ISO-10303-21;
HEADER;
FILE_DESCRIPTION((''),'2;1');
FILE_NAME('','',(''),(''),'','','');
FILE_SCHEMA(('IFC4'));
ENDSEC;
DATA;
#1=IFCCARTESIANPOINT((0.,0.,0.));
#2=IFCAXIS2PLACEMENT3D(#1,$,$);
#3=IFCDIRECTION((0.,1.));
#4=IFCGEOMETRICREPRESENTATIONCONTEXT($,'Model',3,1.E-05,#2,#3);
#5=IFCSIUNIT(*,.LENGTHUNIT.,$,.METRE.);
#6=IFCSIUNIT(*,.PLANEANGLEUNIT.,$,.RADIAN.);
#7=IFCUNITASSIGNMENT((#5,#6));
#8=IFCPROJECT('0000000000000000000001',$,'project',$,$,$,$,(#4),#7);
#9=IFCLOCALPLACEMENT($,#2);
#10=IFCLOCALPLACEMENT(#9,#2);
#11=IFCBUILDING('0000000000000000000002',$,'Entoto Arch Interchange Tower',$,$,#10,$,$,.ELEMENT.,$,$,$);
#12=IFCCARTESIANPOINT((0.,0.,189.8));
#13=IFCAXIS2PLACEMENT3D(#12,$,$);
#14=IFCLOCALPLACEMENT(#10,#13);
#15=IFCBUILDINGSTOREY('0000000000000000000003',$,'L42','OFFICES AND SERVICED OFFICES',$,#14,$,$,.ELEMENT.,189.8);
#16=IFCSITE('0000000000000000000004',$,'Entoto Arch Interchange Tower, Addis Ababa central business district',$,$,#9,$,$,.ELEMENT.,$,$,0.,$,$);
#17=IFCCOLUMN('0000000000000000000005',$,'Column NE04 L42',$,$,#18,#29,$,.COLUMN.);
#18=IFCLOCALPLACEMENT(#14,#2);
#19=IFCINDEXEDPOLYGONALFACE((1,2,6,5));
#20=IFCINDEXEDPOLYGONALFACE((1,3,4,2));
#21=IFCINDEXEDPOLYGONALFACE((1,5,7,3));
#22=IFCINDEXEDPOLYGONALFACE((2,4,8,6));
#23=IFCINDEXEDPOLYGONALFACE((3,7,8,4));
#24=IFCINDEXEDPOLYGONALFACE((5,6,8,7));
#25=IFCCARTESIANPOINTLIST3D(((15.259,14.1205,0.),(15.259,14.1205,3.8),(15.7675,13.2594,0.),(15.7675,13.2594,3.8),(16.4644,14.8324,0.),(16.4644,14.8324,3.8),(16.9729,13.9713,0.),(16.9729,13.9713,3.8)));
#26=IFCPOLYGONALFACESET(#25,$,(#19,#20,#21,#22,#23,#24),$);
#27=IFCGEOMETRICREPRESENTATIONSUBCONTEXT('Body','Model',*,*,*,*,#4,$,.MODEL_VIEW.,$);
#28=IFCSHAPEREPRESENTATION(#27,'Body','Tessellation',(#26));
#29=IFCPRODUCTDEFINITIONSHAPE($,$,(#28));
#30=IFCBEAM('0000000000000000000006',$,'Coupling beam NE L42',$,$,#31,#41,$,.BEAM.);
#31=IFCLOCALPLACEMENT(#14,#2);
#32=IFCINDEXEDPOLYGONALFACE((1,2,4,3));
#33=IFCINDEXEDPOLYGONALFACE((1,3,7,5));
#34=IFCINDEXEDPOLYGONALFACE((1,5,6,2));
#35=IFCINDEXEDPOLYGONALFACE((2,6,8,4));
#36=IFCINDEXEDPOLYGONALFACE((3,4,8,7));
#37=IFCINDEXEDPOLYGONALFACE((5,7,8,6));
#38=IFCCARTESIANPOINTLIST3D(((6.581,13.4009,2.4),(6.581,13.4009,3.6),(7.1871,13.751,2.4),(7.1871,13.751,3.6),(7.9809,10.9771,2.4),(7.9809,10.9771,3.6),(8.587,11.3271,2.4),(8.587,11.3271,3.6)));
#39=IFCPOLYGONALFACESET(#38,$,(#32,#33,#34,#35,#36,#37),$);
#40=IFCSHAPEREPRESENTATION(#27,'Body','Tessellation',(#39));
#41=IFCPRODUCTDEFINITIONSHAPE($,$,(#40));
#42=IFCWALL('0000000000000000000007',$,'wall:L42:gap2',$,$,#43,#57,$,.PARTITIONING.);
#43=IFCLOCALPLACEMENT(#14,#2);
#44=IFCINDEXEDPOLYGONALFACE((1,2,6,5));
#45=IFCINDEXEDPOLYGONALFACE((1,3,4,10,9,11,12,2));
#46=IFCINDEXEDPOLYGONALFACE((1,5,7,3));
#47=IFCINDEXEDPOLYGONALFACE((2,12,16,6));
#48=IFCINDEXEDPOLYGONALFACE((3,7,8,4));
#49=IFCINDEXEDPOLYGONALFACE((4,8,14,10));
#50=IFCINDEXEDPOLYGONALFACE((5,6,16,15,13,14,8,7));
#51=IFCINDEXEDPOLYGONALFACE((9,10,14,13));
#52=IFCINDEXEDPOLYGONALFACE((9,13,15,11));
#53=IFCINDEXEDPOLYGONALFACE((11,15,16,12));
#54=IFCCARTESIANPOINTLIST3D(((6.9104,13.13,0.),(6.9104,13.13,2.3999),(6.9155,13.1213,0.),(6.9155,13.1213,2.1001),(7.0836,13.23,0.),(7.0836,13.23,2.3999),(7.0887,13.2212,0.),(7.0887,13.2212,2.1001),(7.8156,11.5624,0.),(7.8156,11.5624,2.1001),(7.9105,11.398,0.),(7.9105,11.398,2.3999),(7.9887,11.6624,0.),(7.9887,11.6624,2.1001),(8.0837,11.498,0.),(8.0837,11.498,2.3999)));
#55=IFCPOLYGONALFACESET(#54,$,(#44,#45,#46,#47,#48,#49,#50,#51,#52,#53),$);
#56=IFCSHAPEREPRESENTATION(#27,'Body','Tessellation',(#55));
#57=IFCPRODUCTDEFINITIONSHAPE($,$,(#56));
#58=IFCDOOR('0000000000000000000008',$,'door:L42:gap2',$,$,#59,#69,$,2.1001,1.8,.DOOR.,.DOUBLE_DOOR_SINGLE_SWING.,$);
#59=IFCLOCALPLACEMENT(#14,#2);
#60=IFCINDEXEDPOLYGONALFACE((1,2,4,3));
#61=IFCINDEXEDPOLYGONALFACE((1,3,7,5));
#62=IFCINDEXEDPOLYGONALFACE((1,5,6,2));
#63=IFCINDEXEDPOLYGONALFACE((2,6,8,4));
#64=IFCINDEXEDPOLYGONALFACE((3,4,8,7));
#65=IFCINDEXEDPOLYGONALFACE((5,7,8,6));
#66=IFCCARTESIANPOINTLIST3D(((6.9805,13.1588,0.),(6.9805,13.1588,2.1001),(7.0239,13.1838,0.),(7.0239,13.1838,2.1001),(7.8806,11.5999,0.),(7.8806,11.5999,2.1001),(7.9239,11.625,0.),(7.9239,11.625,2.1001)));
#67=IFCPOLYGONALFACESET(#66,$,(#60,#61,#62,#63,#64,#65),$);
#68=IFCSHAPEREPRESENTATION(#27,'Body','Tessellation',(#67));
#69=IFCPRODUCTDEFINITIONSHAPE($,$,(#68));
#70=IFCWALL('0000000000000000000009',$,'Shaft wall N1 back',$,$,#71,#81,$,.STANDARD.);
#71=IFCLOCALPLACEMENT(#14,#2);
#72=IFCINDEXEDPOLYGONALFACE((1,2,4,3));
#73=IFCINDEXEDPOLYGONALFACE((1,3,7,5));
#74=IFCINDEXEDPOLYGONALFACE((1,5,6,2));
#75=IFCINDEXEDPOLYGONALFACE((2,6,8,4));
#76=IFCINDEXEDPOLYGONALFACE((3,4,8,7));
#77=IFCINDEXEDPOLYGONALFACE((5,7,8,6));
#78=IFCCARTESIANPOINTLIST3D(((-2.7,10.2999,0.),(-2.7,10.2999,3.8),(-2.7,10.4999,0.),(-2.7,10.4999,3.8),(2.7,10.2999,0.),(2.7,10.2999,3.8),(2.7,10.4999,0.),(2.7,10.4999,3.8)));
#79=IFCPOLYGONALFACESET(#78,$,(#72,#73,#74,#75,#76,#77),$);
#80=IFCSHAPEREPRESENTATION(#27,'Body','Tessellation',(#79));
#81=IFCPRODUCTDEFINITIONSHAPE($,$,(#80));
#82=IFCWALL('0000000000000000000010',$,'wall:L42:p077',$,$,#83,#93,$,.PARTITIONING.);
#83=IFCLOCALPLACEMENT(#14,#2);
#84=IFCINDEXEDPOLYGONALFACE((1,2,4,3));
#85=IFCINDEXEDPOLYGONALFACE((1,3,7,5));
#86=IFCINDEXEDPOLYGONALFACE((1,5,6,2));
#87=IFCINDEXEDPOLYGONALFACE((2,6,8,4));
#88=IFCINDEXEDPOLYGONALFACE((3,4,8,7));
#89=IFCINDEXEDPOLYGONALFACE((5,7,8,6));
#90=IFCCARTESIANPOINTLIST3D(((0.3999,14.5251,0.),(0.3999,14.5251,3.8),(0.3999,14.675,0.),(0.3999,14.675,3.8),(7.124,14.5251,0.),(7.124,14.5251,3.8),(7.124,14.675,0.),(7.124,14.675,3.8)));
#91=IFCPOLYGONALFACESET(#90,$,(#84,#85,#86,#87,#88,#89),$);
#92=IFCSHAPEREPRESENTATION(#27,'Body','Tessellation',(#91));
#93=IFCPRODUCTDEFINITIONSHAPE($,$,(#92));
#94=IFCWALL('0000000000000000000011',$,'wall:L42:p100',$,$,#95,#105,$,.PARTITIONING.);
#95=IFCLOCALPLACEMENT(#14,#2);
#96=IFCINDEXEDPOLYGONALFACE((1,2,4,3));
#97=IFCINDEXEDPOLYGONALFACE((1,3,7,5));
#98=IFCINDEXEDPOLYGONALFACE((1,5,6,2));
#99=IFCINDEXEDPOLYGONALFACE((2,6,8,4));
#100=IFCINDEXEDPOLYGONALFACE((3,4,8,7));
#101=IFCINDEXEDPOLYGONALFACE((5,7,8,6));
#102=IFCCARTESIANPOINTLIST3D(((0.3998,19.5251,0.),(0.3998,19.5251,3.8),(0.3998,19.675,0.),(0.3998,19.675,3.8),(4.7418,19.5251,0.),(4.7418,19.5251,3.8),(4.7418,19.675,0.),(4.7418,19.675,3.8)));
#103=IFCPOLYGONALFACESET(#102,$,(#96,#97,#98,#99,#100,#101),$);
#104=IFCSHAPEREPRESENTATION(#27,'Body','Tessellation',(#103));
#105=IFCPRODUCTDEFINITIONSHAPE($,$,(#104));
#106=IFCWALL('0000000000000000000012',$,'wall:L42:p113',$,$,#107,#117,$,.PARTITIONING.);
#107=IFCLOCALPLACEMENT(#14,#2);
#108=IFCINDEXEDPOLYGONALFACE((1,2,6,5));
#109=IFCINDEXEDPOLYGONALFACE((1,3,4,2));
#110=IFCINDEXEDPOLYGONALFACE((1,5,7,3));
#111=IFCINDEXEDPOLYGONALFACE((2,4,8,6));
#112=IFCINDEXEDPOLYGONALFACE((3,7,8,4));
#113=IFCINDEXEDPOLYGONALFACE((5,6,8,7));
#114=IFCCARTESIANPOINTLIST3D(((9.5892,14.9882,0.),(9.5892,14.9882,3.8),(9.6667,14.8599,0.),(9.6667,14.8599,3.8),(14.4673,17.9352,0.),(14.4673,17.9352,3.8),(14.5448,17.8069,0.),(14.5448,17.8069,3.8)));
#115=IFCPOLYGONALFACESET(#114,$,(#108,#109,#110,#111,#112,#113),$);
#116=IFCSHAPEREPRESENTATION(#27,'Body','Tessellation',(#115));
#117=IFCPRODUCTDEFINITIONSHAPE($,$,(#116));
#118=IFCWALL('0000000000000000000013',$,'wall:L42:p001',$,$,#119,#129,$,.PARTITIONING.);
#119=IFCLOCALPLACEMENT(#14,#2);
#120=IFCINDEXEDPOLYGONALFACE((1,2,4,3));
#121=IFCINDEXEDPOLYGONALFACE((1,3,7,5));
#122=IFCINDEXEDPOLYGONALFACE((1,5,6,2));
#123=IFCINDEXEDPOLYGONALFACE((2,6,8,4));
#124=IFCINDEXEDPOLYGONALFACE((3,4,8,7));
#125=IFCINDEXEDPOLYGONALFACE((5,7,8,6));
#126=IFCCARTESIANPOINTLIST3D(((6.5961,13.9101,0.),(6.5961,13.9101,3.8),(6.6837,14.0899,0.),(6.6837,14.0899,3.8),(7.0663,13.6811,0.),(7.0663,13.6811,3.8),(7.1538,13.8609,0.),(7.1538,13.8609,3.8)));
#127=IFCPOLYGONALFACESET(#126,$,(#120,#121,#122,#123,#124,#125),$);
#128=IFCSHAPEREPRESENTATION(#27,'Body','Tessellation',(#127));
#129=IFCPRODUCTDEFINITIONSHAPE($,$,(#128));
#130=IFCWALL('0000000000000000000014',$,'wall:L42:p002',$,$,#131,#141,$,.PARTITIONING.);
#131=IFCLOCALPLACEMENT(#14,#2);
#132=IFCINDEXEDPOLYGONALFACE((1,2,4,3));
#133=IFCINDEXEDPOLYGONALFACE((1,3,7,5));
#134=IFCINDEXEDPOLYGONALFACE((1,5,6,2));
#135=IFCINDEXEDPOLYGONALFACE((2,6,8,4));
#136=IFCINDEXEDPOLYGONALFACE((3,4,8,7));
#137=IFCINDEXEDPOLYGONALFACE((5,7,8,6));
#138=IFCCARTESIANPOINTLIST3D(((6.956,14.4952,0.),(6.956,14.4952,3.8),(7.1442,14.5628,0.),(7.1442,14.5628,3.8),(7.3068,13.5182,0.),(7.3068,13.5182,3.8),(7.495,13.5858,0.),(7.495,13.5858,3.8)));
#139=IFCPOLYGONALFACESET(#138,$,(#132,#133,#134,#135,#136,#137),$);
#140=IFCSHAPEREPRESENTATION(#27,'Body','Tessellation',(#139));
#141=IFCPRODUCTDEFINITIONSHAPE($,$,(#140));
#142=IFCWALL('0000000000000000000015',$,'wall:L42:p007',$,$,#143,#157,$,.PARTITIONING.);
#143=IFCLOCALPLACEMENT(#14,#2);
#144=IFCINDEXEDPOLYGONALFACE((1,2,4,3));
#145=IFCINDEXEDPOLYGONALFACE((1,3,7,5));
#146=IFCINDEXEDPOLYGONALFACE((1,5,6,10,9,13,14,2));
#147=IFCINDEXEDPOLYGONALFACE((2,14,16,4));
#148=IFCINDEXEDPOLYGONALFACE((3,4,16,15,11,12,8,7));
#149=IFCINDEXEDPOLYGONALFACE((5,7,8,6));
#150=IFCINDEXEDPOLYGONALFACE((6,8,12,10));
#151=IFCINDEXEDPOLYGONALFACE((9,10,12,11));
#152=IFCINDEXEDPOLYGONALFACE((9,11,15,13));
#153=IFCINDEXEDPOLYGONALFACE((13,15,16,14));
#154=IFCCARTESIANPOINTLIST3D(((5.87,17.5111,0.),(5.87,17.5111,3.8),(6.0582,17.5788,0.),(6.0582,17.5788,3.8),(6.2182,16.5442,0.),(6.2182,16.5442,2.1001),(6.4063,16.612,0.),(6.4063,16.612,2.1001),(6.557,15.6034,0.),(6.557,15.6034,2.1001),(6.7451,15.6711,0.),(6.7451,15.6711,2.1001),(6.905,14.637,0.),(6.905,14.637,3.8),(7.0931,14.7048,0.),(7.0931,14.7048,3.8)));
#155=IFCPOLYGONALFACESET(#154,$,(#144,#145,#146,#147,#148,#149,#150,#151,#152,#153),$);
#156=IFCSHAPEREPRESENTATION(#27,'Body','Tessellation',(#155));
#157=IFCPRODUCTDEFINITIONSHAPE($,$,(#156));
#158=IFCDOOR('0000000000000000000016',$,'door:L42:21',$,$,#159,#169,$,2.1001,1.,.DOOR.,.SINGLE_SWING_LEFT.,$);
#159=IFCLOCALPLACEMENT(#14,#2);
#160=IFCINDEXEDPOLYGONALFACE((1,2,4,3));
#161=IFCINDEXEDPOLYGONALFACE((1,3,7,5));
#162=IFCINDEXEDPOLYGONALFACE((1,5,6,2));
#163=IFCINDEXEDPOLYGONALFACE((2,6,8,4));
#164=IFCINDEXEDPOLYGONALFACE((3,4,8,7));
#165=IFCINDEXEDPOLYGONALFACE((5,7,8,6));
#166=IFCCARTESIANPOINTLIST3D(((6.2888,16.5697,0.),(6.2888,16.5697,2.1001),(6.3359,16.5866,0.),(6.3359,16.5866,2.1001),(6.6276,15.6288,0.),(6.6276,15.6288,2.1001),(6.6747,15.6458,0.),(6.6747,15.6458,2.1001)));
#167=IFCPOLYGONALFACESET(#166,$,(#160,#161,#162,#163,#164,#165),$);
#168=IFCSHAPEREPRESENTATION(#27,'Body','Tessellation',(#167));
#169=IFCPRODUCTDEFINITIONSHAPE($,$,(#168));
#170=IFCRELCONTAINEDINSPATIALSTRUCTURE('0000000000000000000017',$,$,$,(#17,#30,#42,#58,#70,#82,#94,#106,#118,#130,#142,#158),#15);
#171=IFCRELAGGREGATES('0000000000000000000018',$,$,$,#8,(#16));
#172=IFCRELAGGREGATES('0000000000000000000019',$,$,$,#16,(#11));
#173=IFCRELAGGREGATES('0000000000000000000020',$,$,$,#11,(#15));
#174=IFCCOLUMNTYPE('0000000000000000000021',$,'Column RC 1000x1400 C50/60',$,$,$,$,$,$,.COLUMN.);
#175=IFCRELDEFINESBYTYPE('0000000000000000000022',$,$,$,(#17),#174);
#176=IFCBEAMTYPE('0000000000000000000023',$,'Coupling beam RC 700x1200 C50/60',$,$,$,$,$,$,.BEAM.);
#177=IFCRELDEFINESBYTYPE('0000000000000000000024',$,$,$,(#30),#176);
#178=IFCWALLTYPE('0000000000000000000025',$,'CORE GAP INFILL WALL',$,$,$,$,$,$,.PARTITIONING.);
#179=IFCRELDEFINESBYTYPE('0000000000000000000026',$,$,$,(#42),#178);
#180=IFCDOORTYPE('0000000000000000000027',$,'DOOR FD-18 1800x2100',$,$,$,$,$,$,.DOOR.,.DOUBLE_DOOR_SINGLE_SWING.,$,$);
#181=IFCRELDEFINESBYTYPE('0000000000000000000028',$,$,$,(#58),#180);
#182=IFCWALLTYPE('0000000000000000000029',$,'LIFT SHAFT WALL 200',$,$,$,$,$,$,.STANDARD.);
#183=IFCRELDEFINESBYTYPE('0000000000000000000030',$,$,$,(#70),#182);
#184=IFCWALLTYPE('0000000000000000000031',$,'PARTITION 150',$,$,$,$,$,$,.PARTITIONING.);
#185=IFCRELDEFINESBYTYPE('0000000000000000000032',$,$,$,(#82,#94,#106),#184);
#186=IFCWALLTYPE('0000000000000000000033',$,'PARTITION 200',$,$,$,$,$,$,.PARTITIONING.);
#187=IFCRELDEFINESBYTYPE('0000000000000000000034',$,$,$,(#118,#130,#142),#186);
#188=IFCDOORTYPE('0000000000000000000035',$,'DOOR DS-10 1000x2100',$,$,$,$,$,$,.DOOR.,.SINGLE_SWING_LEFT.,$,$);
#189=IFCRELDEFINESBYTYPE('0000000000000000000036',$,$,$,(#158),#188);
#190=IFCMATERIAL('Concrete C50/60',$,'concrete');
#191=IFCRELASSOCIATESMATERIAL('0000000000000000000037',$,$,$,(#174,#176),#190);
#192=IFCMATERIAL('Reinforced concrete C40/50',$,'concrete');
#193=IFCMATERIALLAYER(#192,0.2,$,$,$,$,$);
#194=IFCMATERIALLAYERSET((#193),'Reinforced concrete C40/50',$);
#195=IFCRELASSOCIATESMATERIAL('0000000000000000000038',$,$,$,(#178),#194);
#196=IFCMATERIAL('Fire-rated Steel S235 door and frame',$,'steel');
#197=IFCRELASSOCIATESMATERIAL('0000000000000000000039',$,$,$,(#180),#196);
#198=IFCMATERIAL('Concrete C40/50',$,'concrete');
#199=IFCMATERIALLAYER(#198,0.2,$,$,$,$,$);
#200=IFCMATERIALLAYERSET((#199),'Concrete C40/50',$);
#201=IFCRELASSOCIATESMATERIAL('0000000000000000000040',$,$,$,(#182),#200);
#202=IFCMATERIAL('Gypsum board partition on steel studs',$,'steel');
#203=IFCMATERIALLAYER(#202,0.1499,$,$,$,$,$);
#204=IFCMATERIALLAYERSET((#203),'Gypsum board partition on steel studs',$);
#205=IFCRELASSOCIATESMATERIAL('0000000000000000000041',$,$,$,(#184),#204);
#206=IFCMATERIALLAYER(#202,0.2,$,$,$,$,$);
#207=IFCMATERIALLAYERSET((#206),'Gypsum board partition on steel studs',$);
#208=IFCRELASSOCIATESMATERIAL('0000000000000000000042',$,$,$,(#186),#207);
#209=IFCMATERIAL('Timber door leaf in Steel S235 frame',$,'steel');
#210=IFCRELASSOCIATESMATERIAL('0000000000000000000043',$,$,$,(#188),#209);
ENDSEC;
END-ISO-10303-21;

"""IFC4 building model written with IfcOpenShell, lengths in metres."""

from ifc_helpers import new_model, si_unit, direction, frame, frame_2d, origin, origin_2d, place, context, subcontext, project, spatial, rectangle, extrude, material, layer, layer_set, material_profile, profile_set, type_object, element, fill, save


model = new_model("IFC4")

# Units and contexts
model_context = context("Model", 3, precision=1e-05, world=origin(), true_north=direction((0.0, 1.0)))
body_context = subcontext(model_context, "Body", "Model", "MODEL_VIEW")
ifc_project = project(units=[si_unit("LENGTHUNIT", "METRE"), si_unit("PLANEANGLEUNIT", "RADIAN")], contexts=[model_context])

# Site, building, storey
site_placement = place(None, origin())
site = spatial("IfcSite", under=ifc_project, at=site_placement, Name="Entoto Arch Interchange Tower, Addis Ababa central business district", CompositionType="ELEMENT", RefElevation=0.0)
building_placement = place(site_placement, origin())
building = spatial("IfcBuilding", under=site, at=building_placement, Name="Entoto Arch Interchange Tower", CompositionType="ELEMENT")
storey_placement = place(building_placement, frame((0.0, 0.0, 189.8)))
storey = spatial("IfcBuildingStorey", under=building, at=storey_placement, Name="L42", Description="OFFICES AND SERVICED OFFICES", CompositionType="ELEMENT", Elevation=189.8)

# Column
ifc_material_1 = material(Name="Concrete C50/60", Category="concrete")
ifc_material_profile_1 = material_profile(ifc_material_1, rectangle(XDim=1.0, YDim=1.3999, at=origin_2d()))
ifc_profile_set_1 = profile_set([ifc_material_profile_1], Name="Concrete C50/60")
column_type = type_object("IfcColumnType", Name="Column RC 1000x1400 C50/60", PredefinedType="COLUMN", material=ifc_profile_set_1)
column_placement = place(storey_placement, frame((16.116, 14.0459, 0.0), z_axis=(0.0, 0.0, 1.0), x_axis=(-0.508516, 0.861053, 0.0)))
element("IfcColumn", 1, at=column_placement, inside=storey, type_object=column_type, Name="Column NE04 L42", PredefinedType="COLUMN", context=body_context, shape_type="SweptSolid", body=[
    extrude(rectangle(XDim=1.0, YDim=1.3999, at=origin_2d()), origin(), (0.0, 0.0, 1.0), 3.8),
])

# Beam
ifc_material_profile_2 = material_profile(ifc_material_1, rectangle(XDim=0.7, YDim=1.2, at=origin_2d()))
ifc_profile_set_2 = profile_set([ifc_material_profile_2], Name="Concrete C50/60")
beam_type = type_object("IfcBeamType", Name="Coupling beam RC 700x1200 C50/60", PredefinedType="BEAM", material=ifc_profile_set_2)
beam_placement = place(storey_placement, frame((8.2839, 11.1521, 3.0), z_axis=(-0.500135, 0.865947, 0.0), x_axis=(-0.865947, -0.500135, 0.0)))
element("IfcBeam", 2, at=beam_placement, inside=storey, type_object=beam_type, Name="Coupling beam NE L42", PredefinedType="BEAM", context=body_context, shape_type="SweptSolid", body=[
    extrude(rectangle(XDim=0.7, YDim=1.2, at=origin_2d()), origin(), (0.0, 0.0, 1.0), 2.7991),
])

# Wall, opening, door
ifc_material_2 = material(Name="Reinforced concrete C40/50", Category="concrete")
ifc_layer_1 = layer(ifc_material_2, 0.2)
ifc_layer_set_1 = layer_set([ifc_layer_1], Name="Reinforced concrete C40/50")
wall_type_1 = type_object("IfcWallType", Name="CORE GAP INFILL WALL", PredefinedType="PARTITIONING", material=ifc_layer_set_1)
wall_1_placement = place(storey_placement, frame((7.9971, 11.448, 0.0), z_axis=(0.0, 0.0, 1.0), x_axis=(-0.500025, 0.866011, 0.0)))
wall_1 = element("IfcWall", 3, at=wall_1_placement, inside=storey, type_object=wall_type_1, Name="wall:L42:gap2", PredefinedType="PARTITIONING", context=body_context, shape_type="SweptSolid", body=[
    extrude(rectangle(XDim=2.0, YDim=0.2, at=frame_2d((1.0, 0.0))), origin(), (0.0, 0.0, 1.0), 2.3999),
])
opening_1_placement = place(wall_1_placement, frame((0.1899, 0.0, 0.0)))
opening_1 = element("IfcOpeningElement", 4, at=opening_1_placement, cuts=wall_1, PredefinedType="OPENING", context=body_context, shape_type="SweptSolid", body=[
    extrude(rectangle(XDim=1.8, YDim=2.1001, at=frame_2d((0.8999, 1.05))), frame((0.0, 0.1099, 0.0), z_axis=(0.0, -1.0, 0.0), x_axis=(1.0, 0.0, 0.0)), (0.0, 0.0, 1.0), 0.22),
])
ifc_material_3 = material(Name="Fire-rated Steel S235 door and frame", Category="steel")
door_type_1 = type_object("IfcDoorType", Name="DOOR FD-18 1800x2100", OperationType="DOUBLE_DOOR_SINGLE_SWING", PredefinedType="DOOR", material=ifc_material_3)
door_1_placement = place(opening_1_placement, origin())
door_1 = element("IfcDoor", 5, at=door_1_placement, inside=storey, type_object=door_type_1, Name="door:L42:gap2", OperationType="DOUBLE_DOOR_SINGLE_SWING", OverallHeight=2.1001, OverallWidth=1.8, PredefinedType="DOOR", context=body_context, shape_type="SweptSolid", body=[
    extrude(rectangle(XDim=1.8, YDim=2.1001, at=frame_2d((0.8999, 1.05))), frame((0.0, 0.0249, 0.0), z_axis=(0.0, -1.0, 0.0), x_axis=(1.0, 0.0, 0.0)), (0.0, 0.0, 1.0), 0.05),
])
fill(opening_1, door_1)

# Walls
ifc_material_4 = material(Name="Concrete C40/50", Category="concrete")
ifc_layer_2 = layer(ifc_material_4, 0.2)
ifc_layer_set_2 = layer_set([ifc_layer_2], Name="Concrete C40/50")
wall_type_2 = type_object("IfcWallType", Name="LIFT SHAFT WALL 200", PredefinedType="STANDARD", material=ifc_layer_set_2)
wall_2_placement = place(storey_placement, frame((2.7, 10.3999, 0.0), z_axis=(0.0, 0.0, 1.0), x_axis=(-1.0, 0.0, 0.0)))
element("IfcWall", 6, at=wall_2_placement, inside=storey, type_object=wall_type_2, Name="Shaft wall N1 back", PredefinedType="STANDARD", context=body_context, shape_type="SweptSolid", body=[
    extrude(rectangle(XDim=5.3999, YDim=0.2, at=frame_2d((2.7, 0.0))), origin(), (0.0, 0.0, 1.0), 3.8),
])
ifc_material_5 = material(Name="Gypsum board partition on steel studs", Category="steel")
ifc_layer_3 = layer(ifc_material_5, 0.1499)
ifc_layer_set_3 = layer_set([ifc_layer_3], Name="Gypsum board partition on steel studs")
wall_type_3 = type_object("IfcWallType", Name="PARTITION 150", PredefinedType="PARTITIONING", material=ifc_layer_set_3)
wall_3_placement = place(storey_placement, frame((7.124, 14.6001, 0.0), z_axis=(0.0, 0.0, 1.0), x_axis=(-1.0, 0.0, 0.0)))
element("IfcWall", 7, at=wall_3_placement, inside=storey, type_object=wall_type_3, Name="wall:L42:p077", PredefinedType="PARTITIONING", context=body_context, shape_type="SweptSolid", body=[
    extrude(rectangle(XDim=6.7241, YDim=0.1499, at=frame_2d((3.3621, 0.0))), origin(), (0.0, 0.0, 1.0), 3.8),
])
wall_4_placement = place(storey_placement, frame((0.3999, 19.6001, 0.0), z_axis=(0.0, 0.0, 1.0), x_axis=(1.0, 0.0, 0.0)))
element("IfcWall", 8, at=wall_4_placement, inside=storey, type_object=wall_type_3, Name="wall:L42:p100", PredefinedType="PARTITIONING", context=body_context, shape_type="SweptSolid", body=[
    extrude(rectangle(XDim=4.342, YDim=0.1499, at=frame_2d((2.1709, 0.0))), origin(), (0.0, 0.0, 1.0), 3.8),
])
wall_5_placement = place(storey_placement, frame((9.6279, 14.9241, 0.0), z_axis=(0.0, 0.0, 1.0), x_axis=(0.855932, 0.517089, 0.0)))
element("IfcWall", 9, at=wall_5_placement, inside=storey, type_object=wall_type_3, Name="wall:L42:p113", PredefinedType="PARTITIONING", context=body_context, shape_type="SweptSolid", body=[
    extrude(rectangle(XDim=5.6992, YDim=0.1499, at=frame_2d((2.8496, 0.0))), origin(), (0.0, 0.0, 1.0), 3.8),
])
ifc_layer_4 = layer(ifc_material_5, 0.2)
ifc_layer_set_4 = layer_set([ifc_layer_4], Name="Gypsum board partition on steel studs")
wall_type_4 = type_object("IfcWallType", Name="PARTITION 200", PredefinedType="PARTITIONING", material=ifc_layer_set_4)
wall_6_placement = place(storey_placement, frame((6.6399, 14.0, 0.0), z_axis=(0.0, 0.0, 1.0), x_axis=(0.899046, -0.437853, 0.0)))
element("IfcWall", 10, at=wall_6_placement, inside=storey, type_object=wall_type_4, Name="wall:L42:p001", PredefinedType="PARTITIONING", context=body_context, shape_type="SweptSolid", body=[
    extrude(rectangle(XDim=0.5229, YDim=0.2, at=frame_2d((0.2615, 0.0))), origin(), (0.0, 0.0, 1.0), 3.8),
])
wall_7_placement = place(storey_placement, frame((7.4009, 13.552, 0.0), z_axis=(0.0, 0.0, 1.0), x_axis=(-0.337945, 0.941166, 0.0)))
element("IfcWall", 11, at=wall_7_placement, inside=storey, type_object=wall_type_4, Name="wall:L42:p002", PredefinedType="PARTITIONING", context=body_context, shape_type="SweptSolid", body=[
    extrude(rectangle(XDim=1.0381, YDim=0.2, at=frame_2d((0.519, 0.0))), origin(), (0.0, 0.0, 1.0), 3.8),
])

# Wall, opening, door
wall_8_placement = place(storey_placement, frame((6.999, 14.6709, 0.0), z_axis=(0.0, 0.0, 1.0), x_axis=(-0.338796, 0.94086, 0.0)))
wall_8 = element("IfcWall", 12, at=wall_8_placement, inside=storey, type_object=wall_type_4, Name="wall:L42:p007", PredefinedType="PARTITIONING", context=body_context, shape_type="SweptSolid", body=[
    extrude(rectangle(XDim=3.0547, YDim=0.2, at=frame_2d((1.5273, 0.0))), origin(), (0.0, 0.0, 1.0), 3.8),
])
opening_2_placement = place(wall_8_placement, frame((1.0271, 0.0, 0.0)))
opening_2 = element("IfcOpeningElement", 13, at=opening_2_placement, cuts=wall_8, PredefinedType="OPENING", context=body_context, shape_type="SweptSolid", body=[
    extrude(rectangle(XDim=1.0, YDim=2.1001, at=frame_2d((0.5, 1.05))), frame((0.0, 0.1099, 0.0), z_axis=(0.0, -1.0, 0.0), x_axis=(1.0, 0.0, 0.0)), (0.0, 0.0, 1.0), 0.22),
])
ifc_material_6 = material(Name="Timber door leaf in Steel S235 frame", Category="steel")
door_type_2 = type_object("IfcDoorType", Name="DOOR DS-10 1000x2100", OperationType="SINGLE_SWING_LEFT", PredefinedType="DOOR", material=ifc_material_6)
door_2_placement = place(opening_2_placement, origin())
door_2 = element("IfcDoor", 14, at=door_2_placement, inside=storey, type_object=door_type_2, Name="door:L42:21", OperationType="SINGLE_SWING_LEFT", OverallHeight=2.1001, OverallWidth=1.0, PredefinedType="DOOR", context=body_context, shape_type="SweptSolid", body=[
    extrude(rectangle(XDim=1.0, YDim=2.1001, at=frame_2d((0.5, 1.05))), frame((0.0, 0.0249, 0.0), z_axis=(0.0, -1.0, 0.0), x_axis=(1.0, 0.0, 0.0)), (0.0, 0.0, 1.0), 0.05),
])
fill(opening_2, door_2)

save(model, "model.ifc")
